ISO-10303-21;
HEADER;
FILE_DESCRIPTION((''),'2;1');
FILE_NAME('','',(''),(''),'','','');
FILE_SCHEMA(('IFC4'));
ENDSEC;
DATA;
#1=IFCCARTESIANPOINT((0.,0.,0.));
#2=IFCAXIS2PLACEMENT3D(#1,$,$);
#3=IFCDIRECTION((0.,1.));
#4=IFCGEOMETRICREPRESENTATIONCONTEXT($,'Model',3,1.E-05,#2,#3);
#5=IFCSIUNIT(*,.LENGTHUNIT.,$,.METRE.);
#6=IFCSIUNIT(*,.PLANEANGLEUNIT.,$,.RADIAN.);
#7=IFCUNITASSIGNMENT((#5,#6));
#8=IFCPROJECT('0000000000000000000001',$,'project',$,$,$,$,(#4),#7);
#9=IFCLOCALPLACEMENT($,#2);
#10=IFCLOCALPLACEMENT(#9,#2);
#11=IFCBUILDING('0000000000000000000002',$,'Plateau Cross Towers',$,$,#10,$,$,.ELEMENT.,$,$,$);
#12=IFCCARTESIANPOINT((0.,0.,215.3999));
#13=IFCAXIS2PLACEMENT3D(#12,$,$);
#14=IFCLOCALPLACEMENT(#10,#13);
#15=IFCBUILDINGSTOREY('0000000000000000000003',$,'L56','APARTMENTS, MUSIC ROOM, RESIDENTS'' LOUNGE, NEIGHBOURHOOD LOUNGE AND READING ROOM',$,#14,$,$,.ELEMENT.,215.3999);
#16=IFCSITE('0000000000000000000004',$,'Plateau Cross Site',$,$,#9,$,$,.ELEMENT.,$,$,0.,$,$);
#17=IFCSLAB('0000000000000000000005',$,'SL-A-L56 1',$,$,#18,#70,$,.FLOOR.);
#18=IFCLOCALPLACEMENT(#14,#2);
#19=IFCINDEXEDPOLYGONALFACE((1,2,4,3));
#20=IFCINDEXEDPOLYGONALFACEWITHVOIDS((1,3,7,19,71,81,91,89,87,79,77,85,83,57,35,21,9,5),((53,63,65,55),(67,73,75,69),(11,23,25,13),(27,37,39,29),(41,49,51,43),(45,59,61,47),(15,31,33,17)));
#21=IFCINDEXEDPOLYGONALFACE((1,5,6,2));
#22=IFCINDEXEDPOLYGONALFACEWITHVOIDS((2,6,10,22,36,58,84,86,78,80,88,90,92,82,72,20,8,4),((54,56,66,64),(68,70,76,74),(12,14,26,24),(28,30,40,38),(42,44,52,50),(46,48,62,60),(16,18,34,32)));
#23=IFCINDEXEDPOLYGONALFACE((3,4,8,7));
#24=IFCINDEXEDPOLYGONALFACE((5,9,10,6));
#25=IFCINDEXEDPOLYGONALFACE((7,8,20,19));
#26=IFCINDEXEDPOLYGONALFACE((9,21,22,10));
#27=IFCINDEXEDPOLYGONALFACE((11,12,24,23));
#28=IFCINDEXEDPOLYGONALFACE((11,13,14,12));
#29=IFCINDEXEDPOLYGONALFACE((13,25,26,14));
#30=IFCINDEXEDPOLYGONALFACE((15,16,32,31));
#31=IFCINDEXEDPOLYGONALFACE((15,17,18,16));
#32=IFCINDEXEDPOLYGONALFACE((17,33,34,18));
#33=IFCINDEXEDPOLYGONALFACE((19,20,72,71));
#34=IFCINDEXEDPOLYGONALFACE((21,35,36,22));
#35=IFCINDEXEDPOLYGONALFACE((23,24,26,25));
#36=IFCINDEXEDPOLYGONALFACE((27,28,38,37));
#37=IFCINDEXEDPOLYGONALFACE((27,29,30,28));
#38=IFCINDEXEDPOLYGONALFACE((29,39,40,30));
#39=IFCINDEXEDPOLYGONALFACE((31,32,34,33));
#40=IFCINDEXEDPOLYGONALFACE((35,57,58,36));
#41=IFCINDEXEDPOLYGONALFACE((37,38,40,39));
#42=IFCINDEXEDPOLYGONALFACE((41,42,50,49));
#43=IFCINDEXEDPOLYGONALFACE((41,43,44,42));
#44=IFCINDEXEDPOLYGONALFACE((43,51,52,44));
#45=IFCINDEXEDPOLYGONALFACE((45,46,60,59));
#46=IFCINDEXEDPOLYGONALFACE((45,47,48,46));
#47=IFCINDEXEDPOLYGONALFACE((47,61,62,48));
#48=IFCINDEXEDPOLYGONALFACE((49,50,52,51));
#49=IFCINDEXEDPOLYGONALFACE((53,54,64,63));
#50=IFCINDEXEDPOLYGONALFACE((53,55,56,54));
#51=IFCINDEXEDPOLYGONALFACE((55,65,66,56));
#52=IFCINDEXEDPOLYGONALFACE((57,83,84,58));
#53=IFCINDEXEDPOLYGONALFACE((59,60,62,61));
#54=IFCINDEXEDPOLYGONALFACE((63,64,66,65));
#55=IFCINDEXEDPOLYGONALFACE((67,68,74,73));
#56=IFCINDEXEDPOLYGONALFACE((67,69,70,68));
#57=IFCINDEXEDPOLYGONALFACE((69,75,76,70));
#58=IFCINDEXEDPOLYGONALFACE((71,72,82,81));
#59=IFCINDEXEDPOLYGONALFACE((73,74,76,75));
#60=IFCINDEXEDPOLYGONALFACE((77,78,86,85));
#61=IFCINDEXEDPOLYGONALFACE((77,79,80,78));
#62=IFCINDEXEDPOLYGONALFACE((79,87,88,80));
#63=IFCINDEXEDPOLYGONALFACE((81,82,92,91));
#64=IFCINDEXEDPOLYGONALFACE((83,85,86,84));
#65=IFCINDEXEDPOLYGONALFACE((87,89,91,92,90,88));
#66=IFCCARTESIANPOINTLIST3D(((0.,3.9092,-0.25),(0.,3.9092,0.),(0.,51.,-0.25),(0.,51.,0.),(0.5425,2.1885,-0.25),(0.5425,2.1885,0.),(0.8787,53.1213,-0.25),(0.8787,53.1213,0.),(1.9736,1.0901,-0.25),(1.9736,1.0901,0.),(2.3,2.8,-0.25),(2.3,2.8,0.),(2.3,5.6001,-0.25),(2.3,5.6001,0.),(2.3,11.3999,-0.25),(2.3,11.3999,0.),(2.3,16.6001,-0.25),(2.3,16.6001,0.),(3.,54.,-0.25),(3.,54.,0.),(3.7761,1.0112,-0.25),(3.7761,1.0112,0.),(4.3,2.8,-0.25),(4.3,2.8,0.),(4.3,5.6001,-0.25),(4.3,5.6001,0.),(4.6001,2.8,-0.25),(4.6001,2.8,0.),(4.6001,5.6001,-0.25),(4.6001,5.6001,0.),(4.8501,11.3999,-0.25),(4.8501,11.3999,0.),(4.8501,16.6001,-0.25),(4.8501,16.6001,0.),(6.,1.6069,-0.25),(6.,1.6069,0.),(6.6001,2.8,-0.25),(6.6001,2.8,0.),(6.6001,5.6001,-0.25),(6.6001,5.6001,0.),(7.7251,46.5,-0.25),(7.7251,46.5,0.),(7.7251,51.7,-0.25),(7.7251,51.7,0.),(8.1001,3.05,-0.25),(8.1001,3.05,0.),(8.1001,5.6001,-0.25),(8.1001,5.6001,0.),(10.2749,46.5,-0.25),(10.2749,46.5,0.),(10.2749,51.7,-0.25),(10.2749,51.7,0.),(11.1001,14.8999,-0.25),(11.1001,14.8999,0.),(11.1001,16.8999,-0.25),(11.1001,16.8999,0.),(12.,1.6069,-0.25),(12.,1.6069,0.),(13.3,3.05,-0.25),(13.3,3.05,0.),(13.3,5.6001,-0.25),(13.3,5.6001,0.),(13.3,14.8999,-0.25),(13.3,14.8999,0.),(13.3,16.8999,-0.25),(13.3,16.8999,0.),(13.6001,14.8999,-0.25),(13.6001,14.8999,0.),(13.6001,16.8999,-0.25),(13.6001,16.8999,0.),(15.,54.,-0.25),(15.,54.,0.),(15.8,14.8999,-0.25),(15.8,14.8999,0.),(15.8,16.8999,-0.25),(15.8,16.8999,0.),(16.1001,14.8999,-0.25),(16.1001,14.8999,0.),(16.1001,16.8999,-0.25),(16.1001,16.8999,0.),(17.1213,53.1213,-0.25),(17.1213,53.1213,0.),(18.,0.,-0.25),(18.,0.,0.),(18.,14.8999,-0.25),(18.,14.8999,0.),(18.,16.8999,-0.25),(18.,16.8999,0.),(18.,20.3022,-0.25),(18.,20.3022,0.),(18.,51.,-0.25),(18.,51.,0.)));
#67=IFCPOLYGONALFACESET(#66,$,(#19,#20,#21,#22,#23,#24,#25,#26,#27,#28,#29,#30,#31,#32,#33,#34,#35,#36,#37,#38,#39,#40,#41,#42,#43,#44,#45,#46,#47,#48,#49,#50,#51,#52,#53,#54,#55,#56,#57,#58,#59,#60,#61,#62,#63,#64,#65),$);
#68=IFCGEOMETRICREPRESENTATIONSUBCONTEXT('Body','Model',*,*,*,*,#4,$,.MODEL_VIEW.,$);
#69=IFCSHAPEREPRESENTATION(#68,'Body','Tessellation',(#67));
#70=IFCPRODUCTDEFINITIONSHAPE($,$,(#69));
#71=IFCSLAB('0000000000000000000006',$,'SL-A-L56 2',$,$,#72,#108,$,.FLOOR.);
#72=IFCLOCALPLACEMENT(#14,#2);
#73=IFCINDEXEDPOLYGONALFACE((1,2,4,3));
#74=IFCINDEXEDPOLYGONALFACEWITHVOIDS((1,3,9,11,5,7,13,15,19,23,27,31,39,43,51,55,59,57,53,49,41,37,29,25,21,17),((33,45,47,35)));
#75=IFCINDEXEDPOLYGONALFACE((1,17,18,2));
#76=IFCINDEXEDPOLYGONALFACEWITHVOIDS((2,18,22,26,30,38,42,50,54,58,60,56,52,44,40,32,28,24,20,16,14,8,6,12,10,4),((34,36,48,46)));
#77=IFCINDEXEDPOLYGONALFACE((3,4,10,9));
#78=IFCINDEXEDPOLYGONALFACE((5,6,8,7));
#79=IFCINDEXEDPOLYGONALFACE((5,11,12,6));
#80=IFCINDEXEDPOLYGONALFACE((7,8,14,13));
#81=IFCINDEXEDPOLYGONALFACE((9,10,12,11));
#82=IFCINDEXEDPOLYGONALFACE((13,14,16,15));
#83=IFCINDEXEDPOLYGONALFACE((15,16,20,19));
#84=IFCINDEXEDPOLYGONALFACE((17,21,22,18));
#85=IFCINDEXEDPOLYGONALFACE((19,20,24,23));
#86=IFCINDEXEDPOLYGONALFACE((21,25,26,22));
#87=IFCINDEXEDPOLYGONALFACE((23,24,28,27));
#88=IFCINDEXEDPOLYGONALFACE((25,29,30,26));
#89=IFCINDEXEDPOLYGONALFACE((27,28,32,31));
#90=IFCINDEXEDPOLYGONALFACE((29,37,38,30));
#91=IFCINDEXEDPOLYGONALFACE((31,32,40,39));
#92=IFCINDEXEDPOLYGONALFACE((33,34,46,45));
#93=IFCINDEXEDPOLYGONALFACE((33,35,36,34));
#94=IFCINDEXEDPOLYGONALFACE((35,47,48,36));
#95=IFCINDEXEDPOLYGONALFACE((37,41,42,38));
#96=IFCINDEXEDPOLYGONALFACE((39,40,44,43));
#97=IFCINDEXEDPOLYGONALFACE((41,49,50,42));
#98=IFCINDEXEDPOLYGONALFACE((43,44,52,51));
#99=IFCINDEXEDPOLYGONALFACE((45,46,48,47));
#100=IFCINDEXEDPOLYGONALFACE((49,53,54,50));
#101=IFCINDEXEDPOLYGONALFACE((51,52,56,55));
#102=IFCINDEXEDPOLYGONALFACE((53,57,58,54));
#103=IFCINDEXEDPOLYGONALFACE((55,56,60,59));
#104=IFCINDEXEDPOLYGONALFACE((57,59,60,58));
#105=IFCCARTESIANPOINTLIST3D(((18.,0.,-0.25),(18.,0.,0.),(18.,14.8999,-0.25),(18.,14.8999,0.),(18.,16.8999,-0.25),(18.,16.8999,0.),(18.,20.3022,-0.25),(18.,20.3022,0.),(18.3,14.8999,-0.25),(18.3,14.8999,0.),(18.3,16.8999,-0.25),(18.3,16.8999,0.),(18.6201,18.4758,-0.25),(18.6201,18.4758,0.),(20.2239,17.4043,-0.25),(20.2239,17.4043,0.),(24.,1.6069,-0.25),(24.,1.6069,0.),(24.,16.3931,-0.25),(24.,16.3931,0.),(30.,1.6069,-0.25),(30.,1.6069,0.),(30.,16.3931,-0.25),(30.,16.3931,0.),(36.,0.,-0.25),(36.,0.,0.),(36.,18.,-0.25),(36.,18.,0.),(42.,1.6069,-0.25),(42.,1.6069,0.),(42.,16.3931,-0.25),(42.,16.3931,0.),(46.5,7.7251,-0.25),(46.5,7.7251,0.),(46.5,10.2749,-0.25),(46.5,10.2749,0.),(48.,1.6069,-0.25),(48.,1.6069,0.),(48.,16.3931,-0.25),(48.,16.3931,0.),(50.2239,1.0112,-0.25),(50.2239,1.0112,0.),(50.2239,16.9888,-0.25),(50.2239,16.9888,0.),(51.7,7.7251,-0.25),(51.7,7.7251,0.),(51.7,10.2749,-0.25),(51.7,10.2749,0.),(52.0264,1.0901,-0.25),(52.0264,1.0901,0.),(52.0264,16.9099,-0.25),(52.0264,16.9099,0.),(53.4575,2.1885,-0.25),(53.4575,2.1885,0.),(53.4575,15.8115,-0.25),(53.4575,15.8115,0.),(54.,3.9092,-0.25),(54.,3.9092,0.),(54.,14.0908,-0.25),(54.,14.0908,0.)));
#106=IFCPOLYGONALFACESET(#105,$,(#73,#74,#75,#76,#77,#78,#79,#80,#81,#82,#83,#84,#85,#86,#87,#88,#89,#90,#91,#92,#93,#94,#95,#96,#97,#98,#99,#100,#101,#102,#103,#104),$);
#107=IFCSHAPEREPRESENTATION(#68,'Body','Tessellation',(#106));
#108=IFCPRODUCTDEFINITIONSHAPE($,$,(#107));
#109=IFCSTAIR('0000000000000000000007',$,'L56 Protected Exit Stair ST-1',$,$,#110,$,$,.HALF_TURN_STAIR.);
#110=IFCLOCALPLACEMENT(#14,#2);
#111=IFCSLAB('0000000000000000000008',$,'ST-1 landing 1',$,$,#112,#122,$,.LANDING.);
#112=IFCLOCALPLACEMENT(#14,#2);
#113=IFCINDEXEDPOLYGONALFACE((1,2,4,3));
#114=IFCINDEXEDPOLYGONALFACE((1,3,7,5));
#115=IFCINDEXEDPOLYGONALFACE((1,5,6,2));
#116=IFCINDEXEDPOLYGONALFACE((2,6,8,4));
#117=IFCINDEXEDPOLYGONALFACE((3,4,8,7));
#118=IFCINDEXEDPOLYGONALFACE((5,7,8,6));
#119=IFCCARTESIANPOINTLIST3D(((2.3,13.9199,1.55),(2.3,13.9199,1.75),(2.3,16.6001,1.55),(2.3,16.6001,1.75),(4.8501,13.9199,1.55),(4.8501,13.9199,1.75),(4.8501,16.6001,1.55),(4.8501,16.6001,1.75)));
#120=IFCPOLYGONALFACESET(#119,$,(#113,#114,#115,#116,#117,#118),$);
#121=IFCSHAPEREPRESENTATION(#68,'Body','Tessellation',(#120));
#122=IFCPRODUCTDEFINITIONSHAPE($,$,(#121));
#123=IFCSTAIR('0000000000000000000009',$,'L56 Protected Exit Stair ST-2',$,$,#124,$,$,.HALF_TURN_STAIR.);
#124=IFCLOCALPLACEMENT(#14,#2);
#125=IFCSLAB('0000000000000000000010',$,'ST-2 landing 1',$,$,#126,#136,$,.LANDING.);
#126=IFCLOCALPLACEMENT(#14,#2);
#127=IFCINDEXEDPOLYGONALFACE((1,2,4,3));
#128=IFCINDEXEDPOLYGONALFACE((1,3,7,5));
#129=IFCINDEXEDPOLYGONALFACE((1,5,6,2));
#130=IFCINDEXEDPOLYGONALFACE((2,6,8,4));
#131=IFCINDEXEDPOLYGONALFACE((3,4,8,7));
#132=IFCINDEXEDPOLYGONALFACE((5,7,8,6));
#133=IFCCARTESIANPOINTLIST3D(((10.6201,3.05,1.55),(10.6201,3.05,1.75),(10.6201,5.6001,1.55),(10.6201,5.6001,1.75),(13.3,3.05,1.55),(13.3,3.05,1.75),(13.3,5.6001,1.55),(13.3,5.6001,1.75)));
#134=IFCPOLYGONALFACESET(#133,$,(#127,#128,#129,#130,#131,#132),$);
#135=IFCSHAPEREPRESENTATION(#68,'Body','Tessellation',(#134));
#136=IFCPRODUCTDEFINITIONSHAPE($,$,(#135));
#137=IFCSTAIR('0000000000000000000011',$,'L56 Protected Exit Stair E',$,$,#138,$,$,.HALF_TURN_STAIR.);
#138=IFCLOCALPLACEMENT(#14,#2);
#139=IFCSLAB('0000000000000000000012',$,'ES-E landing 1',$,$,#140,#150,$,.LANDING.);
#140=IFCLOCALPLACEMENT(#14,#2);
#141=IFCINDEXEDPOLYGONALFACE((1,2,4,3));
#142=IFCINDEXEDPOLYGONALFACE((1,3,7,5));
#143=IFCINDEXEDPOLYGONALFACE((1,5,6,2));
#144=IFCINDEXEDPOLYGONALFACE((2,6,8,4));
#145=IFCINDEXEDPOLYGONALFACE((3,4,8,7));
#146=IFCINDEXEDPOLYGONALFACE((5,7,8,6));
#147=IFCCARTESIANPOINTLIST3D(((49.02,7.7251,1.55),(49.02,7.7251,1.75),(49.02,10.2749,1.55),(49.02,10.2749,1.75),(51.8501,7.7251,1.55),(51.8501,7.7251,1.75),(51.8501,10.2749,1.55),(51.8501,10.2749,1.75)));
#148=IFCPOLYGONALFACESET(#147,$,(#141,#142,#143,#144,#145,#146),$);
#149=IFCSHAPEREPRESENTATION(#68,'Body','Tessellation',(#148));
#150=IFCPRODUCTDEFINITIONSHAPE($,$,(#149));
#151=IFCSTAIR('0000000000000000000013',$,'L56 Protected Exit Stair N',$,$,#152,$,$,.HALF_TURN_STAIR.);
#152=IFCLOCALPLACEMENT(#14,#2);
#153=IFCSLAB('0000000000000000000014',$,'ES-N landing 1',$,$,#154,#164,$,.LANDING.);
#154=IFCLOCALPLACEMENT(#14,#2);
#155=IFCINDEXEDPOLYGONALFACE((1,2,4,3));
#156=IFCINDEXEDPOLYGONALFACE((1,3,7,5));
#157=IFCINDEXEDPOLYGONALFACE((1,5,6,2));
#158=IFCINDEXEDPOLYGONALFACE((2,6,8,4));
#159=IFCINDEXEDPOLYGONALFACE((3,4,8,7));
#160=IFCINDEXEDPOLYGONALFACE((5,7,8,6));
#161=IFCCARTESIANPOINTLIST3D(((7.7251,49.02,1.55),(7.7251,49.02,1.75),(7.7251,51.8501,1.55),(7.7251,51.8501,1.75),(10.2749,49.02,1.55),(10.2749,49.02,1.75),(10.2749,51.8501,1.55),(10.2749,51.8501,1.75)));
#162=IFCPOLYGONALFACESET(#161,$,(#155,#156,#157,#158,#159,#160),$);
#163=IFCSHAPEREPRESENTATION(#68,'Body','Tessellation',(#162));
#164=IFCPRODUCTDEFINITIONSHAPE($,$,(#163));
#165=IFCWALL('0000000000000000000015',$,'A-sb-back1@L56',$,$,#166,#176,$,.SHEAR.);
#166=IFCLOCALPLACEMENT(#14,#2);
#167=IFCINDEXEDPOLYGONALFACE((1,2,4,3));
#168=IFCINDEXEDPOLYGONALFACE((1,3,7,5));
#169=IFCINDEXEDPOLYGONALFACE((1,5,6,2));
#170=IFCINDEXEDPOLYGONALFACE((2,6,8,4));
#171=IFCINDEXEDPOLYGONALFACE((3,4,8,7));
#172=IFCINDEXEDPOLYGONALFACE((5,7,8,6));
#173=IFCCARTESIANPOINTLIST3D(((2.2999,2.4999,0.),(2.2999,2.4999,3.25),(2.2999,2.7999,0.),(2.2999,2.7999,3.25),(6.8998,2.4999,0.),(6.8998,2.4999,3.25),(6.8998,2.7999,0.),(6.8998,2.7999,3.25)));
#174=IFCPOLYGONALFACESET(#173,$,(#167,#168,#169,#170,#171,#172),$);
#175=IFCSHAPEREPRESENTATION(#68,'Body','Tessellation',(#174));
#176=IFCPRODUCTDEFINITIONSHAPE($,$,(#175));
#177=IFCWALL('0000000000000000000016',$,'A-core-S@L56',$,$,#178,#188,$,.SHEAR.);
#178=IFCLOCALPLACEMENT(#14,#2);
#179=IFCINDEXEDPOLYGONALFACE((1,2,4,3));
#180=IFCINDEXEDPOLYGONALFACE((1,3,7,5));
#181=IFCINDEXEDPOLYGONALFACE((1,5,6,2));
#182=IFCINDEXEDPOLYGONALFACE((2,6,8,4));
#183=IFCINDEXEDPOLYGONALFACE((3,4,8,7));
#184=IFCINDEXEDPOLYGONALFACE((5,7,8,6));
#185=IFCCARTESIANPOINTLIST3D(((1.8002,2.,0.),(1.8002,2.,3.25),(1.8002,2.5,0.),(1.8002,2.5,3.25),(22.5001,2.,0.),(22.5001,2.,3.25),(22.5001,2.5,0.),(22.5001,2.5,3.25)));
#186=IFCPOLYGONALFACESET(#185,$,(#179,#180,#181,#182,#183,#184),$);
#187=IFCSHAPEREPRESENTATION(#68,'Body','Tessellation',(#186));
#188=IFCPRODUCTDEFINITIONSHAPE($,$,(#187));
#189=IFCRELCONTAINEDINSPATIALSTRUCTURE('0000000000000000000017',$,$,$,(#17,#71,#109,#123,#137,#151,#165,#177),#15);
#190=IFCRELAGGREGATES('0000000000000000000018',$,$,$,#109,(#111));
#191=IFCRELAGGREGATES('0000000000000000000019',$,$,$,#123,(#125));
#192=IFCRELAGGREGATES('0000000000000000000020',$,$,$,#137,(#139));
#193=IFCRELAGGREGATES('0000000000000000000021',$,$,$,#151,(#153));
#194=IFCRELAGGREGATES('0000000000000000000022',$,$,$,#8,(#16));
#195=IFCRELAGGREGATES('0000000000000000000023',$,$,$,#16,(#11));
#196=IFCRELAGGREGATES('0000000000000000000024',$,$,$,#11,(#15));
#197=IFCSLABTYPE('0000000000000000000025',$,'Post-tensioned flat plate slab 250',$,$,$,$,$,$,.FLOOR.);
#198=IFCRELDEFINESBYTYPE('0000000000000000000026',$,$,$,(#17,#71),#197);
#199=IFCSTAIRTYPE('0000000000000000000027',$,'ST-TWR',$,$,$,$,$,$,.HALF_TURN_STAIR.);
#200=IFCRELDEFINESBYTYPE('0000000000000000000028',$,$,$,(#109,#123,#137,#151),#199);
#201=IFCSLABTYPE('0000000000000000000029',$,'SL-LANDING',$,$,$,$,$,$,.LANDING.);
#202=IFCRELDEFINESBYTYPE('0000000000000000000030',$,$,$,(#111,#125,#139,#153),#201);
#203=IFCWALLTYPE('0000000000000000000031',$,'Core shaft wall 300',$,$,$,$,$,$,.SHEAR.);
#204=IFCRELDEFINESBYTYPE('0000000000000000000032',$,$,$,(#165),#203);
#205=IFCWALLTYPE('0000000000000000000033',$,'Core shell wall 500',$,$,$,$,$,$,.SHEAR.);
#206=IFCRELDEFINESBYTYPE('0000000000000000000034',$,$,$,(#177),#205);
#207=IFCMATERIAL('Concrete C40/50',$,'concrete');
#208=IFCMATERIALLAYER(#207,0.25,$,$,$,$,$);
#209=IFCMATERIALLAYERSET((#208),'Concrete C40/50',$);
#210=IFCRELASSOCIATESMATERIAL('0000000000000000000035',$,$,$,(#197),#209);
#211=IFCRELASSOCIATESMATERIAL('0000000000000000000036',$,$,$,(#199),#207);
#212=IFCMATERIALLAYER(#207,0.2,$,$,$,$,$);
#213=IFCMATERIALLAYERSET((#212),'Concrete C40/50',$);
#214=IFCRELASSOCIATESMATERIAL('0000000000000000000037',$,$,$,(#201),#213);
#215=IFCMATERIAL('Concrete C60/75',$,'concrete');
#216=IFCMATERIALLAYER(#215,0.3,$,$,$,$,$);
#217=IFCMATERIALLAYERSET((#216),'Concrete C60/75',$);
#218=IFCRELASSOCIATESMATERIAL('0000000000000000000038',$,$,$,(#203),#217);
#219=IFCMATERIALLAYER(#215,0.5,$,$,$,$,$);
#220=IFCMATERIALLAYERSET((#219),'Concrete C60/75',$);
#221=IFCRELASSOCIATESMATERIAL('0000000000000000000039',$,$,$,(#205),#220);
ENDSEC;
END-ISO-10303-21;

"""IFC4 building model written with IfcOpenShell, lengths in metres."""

from ifc_helpers import new_model, si_unit, direction, frame, frame_2d, origin, place, context, subcontext, project, spatial, polyline, rectangle, outline, extrude, material, layer, layer_set, type_object, element, aggregate, save


model = new_model("IFC4")

# Units and contexts
model_context = context("Model", 3, precision=1e-05, world=origin(), true_north=direction((0.0, 1.0)))
body_context = subcontext(model_context, "Body", "Model", "MODEL_VIEW")
ifc_project = project(units=[si_unit("LENGTHUNIT", "METRE"), si_unit("PLANEANGLEUNIT", "RADIAN")], contexts=[model_context])

# Site, building, storey
site_placement = place(None, origin())
site = spatial("IfcSite", under=ifc_project, at=site_placement, Name="Plateau Cross Site", CompositionType="ELEMENT", RefElevation=0.0)
building_placement = place(site_placement, origin())
building = spatial("IfcBuilding", under=site, at=building_placement, Name="Plateau Cross Towers", CompositionType="ELEMENT")
storey_placement = place(building_placement, frame((0.0, 0.0, 215.3999)))
storey = spatial("IfcBuildingStorey", under=building, at=storey_placement, Name="L56", Description="APARTMENTS, MUSIC ROOM, RESIDENTS' LOUNGE, NEIGHBOURHOOD LOUNGE AND READING ROOM", CompositionType="ELEMENT", Elevation=215.3999)

# Shared definitions
ifc_material_1 = material(Name="Concrete C60/75", Category="concrete")

# Shared definitions
ifc_material_2 = material(Name="Concrete C40/50", Category="concrete")

# Slabs
ifc_layer_1 = layer(ifc_material_2, 0.25)
ifc_layer_set_1 = layer_set([ifc_layer_1], Name="Concrete C40/50")
slab_type_1 = type_object("IfcSlabType", Name="Post-tensioned flat plate slab 250", PredefinedType="FLOOR", material=ifc_layer_set_1)
slab_1_placement = place(storey_placement, frame((0.0, 0.0, -0.25)))
element("IfcSlab", 1, at=slab_1_placement, inside=storey, type_object=slab_type_1, Name="SL-A-L56 1", PredefinedType="FLOOR", context=body_context, shape_type="SweptSolid", body=[
    extrude(outline(polyline([(0.5425, 2.1885), (0.0, 3.9092), (0.0, 51.0), (0.8787, 53.1213), (3.0, 54.0), (15.0, 54.0), (17.1213, 53.1213), (18.0, 51.0), (18.0, 20.3022), (18.0, 16.8999), (16.1001, 16.8999), (16.1001, 14.8999), (18.0, 14.8999), (18.0, 0.0), (12.0, 1.6069), (6.0, 1.6069), (3.7761, 1.0112), (1.9736, 1.0901), (0.5425, 2.1885)]), holes=[polyline([(2.3, 5.6001), (2.3, 2.8), (4.3, 2.8), (4.3, 5.6001), (2.3, 5.6001)]), polyline([(4.6001, 5.6001), (4.6001, 2.8), (6.6001, 2.8), (6.6001, 5.6001), (4.6001, 5.6001)]), polyline([(8.1001, 5.6001), (8.1001, 3.05), (13.3, 3.05), (13.3, 5.6001), (8.1001, 5.6001)]), polyline([(2.3, 11.3999), (4.8501, 11.3999), (4.8501, 16.6001), (2.3, 16.6001), (2.3, 11.3999)]), polyline([(11.1001, 16.8999), (11.1001, 14.8999), (13.3, 14.8999), (13.3, 16.8999), (11.1001, 16.8999)]), polyline([(13.6001, 16.8999), (13.6001, 14.8999), (15.8, 14.8999), (15.8, 16.8999), (13.6001, 16.8999)]), polyline([(7.7251, 51.7), (7.7251, 46.5), (10.2749, 46.5), (10.2749, 51.7), (7.7251, 51.7)])]), origin(), (0.0, 0.0, 1.0), 0.25),
])
slab_2_placement = place(storey_placement, frame((0.0, 0.0, -0.25)))
element("IfcSlab", 2, at=slab_2_placement, inside=storey, type_object=slab_type_1, Name="SL-A-L56 2", PredefinedType="FLOOR", context=body_context, shape_type="SweptSolid", body=[
    extrude(outline(polyline([(18.6201, 18.4758), (20.2239, 17.4043), (24.0, 16.3931), (30.0, 16.3931), (36.0, 18.0), (42.0, 16.3931), (48.0, 16.3931), (50.2239, 16.9888), (52.0264, 16.9099), (53.4575, 15.8115), (54.0, 14.0908), (54.0, 3.9092), (53.4575, 2.1885), (52.0264, 1.0901), (50.2239, 1.0112), (48.0, 1.6069), (42.0, 1.6069), (36.0, 0.0), (30.0, 1.6069), (24.0, 1.6069), (18.0, 0.0), (18.0, 14.8999), (18.3, 14.8999), (18.3, 16.8999), (18.0, 16.8999), (18.0, 20.3022), (18.6201, 18.4758)]), holes=[polyline([(46.5, 10.2749), (46.5, 7.7251), (51.7, 7.7251), (51.7, 10.2749), (46.5, 10.2749)])]), origin(), (0.0, 0.0, 1.0), 0.25),
])

# Stairs, slabs
stair_type = type_object("IfcStairType", Name="ST-TWR", PredefinedType="HALF_TURN_STAIR", material=ifc_material_2)
stair_1_placement = place(storey_placement, origin())
stair_1 = element("IfcStair", 3, at=stair_1_placement, inside=storey, type_object=stair_type, Name="L56 Protected Exit Stair ST-1", PredefinedType="HALF_TURN_STAIR")
ifc_layer_2 = layer(ifc_material_2, 0.2)
ifc_layer_set_2 = layer_set([ifc_layer_2], Name="Concrete C40/50")
slab_type_2 = type_object("IfcSlabType", Name="SL-LANDING", PredefinedType="LANDING", material=ifc_layer_set_2)
slab_3_placement = place(storey_placement, frame((0.0, 0.0, 1.55)))
slab_3 = element("IfcSlab", 4, at=slab_3_placement, type_object=slab_type_2, Name="ST-1 landing 1", PredefinedType="LANDING", context=body_context, shape_type="SweptSolid", body=[
    extrude(outline(polyline([(4.8501, 13.9199), (4.8501, 16.6001), (2.3, 16.6001), (2.3, 13.9199), (4.8501, 13.9199)])), origin(), (0.0, 0.0, 1.0), 0.2),
])
aggregate(stair_1, [slab_3])
stair_2_placement = place(storey_placement, origin())
stair_2 = element("IfcStair", 5, at=stair_2_placement, inside=storey, type_object=stair_type, Name="L56 Protected Exit Stair ST-2", PredefinedType="HALF_TURN_STAIR")
slab_4_placement = place(storey_placement, frame((0.0, 0.0, 1.55)))
slab_4 = element("IfcSlab", 6, at=slab_4_placement, type_object=slab_type_2, Name="ST-2 landing 1", PredefinedType="LANDING", context=body_context, shape_type="SweptSolid", body=[
    extrude(outline(polyline([(10.6201, 3.05), (13.3, 3.05), (13.3, 5.6001), (10.6201, 5.6001), (10.6201, 3.05)])), origin(), (0.0, 0.0, 1.0), 0.2),
])
aggregate(stair_2, [slab_4])
stair_3_placement = place(storey_placement, origin())
stair_3 = element("IfcStair", 7, at=stair_3_placement, inside=storey, type_object=stair_type, Name="L56 Protected Exit Stair E", PredefinedType="HALF_TURN_STAIR")
slab_5_placement = place(storey_placement, frame((0.0, 0.0, 1.55)))
slab_5 = element("IfcSlab", 8, at=slab_5_placement, type_object=slab_type_2, Name="ES-E landing 1", PredefinedType="LANDING", context=body_context, shape_type="SweptSolid", body=[
    extrude(outline(polyline([(49.02, 7.7251), (51.8501, 7.7251), (51.8501, 10.2749), (49.02, 10.2749), (49.02, 7.7251)])), origin(), (0.0, 0.0, 1.0), 0.2),
])
aggregate(stair_3, [slab_5])
stair_4_placement = place(storey_placement, origin())
stair_4 = element("IfcStair", 9, at=stair_4_placement, inside=storey, type_object=stair_type, Name="L56 Protected Exit Stair N", PredefinedType="HALF_TURN_STAIR")
slab_6_placement = place(storey_placement, frame((0.0, 0.0, 1.55)))
slab_6 = element("IfcSlab", 10, at=slab_6_placement, type_object=slab_type_2, Name="ES-N landing 1", PredefinedType="LANDING", context=body_context, shape_type="SweptSolid", body=[
    extrude(outline(polyline([(10.2749, 49.02), (10.2749, 51.8501), (7.7251, 51.8501), (7.7251, 49.02), (10.2749, 49.02)])), origin(), (0.0, 0.0, 1.0), 0.2),
])
aggregate(stair_4, [slab_6])

# Walls
ifc_layer_3 = layer(ifc_material_1, 0.3)
ifc_layer_set_3 = layer_set([ifc_layer_3], Name="Concrete C60/75")
wall_type_1 = type_object("IfcWallType", Name="Core shaft wall 300", PredefinedType="SHEAR", material=ifc_layer_set_3)
wall_1_placement = place(storey_placement, frame((2.3, 2.6499, 0.0), z_axis=(0.0, 0.0, 1.0), x_axis=(1.0, 0.0, 0.0)))
element("IfcWall", 11, at=wall_1_placement, inside=storey, type_object=wall_type_1, Name="A-sb-back1@L56", PredefinedType="SHEAR", context=body_context, shape_type="SweptSolid", body=[
    extrude(rectangle(XDim=4.5999, YDim=0.3, at=frame_2d((2.2998, 0.0))), origin(), (0.0, 0.0, 1.0), 3.25),
])
ifc_layer_4 = layer(ifc_material_1, 0.5)
ifc_layer_set_4 = layer_set([ifc_layer_4], Name="Concrete C60/75")
wall_type_2 = type_object("IfcWallType", Name="Core shell wall 500", PredefinedType="SHEAR", material=ifc_layer_set_4)
wall_2_placement = place(storey_placement, frame((1.8, 2.25, 0.0), z_axis=(0.0, 0.0, 1.0), x_axis=(1.0, 0.0, 0.0)))
element("IfcWall", 12, at=wall_2_placement, inside=storey, type_object=wall_type_2, Name="A-core-S@L56", PredefinedType="SHEAR", context=body_context, shape_type="SweptSolid", body=[
    extrude(rectangle(XDim=20.7, YDim=0.5, at=frame_2d((10.3501, 0.0))), origin(), (0.0, 0.0, 1.0), 3.25),
])

save(model, "model.ifc")
